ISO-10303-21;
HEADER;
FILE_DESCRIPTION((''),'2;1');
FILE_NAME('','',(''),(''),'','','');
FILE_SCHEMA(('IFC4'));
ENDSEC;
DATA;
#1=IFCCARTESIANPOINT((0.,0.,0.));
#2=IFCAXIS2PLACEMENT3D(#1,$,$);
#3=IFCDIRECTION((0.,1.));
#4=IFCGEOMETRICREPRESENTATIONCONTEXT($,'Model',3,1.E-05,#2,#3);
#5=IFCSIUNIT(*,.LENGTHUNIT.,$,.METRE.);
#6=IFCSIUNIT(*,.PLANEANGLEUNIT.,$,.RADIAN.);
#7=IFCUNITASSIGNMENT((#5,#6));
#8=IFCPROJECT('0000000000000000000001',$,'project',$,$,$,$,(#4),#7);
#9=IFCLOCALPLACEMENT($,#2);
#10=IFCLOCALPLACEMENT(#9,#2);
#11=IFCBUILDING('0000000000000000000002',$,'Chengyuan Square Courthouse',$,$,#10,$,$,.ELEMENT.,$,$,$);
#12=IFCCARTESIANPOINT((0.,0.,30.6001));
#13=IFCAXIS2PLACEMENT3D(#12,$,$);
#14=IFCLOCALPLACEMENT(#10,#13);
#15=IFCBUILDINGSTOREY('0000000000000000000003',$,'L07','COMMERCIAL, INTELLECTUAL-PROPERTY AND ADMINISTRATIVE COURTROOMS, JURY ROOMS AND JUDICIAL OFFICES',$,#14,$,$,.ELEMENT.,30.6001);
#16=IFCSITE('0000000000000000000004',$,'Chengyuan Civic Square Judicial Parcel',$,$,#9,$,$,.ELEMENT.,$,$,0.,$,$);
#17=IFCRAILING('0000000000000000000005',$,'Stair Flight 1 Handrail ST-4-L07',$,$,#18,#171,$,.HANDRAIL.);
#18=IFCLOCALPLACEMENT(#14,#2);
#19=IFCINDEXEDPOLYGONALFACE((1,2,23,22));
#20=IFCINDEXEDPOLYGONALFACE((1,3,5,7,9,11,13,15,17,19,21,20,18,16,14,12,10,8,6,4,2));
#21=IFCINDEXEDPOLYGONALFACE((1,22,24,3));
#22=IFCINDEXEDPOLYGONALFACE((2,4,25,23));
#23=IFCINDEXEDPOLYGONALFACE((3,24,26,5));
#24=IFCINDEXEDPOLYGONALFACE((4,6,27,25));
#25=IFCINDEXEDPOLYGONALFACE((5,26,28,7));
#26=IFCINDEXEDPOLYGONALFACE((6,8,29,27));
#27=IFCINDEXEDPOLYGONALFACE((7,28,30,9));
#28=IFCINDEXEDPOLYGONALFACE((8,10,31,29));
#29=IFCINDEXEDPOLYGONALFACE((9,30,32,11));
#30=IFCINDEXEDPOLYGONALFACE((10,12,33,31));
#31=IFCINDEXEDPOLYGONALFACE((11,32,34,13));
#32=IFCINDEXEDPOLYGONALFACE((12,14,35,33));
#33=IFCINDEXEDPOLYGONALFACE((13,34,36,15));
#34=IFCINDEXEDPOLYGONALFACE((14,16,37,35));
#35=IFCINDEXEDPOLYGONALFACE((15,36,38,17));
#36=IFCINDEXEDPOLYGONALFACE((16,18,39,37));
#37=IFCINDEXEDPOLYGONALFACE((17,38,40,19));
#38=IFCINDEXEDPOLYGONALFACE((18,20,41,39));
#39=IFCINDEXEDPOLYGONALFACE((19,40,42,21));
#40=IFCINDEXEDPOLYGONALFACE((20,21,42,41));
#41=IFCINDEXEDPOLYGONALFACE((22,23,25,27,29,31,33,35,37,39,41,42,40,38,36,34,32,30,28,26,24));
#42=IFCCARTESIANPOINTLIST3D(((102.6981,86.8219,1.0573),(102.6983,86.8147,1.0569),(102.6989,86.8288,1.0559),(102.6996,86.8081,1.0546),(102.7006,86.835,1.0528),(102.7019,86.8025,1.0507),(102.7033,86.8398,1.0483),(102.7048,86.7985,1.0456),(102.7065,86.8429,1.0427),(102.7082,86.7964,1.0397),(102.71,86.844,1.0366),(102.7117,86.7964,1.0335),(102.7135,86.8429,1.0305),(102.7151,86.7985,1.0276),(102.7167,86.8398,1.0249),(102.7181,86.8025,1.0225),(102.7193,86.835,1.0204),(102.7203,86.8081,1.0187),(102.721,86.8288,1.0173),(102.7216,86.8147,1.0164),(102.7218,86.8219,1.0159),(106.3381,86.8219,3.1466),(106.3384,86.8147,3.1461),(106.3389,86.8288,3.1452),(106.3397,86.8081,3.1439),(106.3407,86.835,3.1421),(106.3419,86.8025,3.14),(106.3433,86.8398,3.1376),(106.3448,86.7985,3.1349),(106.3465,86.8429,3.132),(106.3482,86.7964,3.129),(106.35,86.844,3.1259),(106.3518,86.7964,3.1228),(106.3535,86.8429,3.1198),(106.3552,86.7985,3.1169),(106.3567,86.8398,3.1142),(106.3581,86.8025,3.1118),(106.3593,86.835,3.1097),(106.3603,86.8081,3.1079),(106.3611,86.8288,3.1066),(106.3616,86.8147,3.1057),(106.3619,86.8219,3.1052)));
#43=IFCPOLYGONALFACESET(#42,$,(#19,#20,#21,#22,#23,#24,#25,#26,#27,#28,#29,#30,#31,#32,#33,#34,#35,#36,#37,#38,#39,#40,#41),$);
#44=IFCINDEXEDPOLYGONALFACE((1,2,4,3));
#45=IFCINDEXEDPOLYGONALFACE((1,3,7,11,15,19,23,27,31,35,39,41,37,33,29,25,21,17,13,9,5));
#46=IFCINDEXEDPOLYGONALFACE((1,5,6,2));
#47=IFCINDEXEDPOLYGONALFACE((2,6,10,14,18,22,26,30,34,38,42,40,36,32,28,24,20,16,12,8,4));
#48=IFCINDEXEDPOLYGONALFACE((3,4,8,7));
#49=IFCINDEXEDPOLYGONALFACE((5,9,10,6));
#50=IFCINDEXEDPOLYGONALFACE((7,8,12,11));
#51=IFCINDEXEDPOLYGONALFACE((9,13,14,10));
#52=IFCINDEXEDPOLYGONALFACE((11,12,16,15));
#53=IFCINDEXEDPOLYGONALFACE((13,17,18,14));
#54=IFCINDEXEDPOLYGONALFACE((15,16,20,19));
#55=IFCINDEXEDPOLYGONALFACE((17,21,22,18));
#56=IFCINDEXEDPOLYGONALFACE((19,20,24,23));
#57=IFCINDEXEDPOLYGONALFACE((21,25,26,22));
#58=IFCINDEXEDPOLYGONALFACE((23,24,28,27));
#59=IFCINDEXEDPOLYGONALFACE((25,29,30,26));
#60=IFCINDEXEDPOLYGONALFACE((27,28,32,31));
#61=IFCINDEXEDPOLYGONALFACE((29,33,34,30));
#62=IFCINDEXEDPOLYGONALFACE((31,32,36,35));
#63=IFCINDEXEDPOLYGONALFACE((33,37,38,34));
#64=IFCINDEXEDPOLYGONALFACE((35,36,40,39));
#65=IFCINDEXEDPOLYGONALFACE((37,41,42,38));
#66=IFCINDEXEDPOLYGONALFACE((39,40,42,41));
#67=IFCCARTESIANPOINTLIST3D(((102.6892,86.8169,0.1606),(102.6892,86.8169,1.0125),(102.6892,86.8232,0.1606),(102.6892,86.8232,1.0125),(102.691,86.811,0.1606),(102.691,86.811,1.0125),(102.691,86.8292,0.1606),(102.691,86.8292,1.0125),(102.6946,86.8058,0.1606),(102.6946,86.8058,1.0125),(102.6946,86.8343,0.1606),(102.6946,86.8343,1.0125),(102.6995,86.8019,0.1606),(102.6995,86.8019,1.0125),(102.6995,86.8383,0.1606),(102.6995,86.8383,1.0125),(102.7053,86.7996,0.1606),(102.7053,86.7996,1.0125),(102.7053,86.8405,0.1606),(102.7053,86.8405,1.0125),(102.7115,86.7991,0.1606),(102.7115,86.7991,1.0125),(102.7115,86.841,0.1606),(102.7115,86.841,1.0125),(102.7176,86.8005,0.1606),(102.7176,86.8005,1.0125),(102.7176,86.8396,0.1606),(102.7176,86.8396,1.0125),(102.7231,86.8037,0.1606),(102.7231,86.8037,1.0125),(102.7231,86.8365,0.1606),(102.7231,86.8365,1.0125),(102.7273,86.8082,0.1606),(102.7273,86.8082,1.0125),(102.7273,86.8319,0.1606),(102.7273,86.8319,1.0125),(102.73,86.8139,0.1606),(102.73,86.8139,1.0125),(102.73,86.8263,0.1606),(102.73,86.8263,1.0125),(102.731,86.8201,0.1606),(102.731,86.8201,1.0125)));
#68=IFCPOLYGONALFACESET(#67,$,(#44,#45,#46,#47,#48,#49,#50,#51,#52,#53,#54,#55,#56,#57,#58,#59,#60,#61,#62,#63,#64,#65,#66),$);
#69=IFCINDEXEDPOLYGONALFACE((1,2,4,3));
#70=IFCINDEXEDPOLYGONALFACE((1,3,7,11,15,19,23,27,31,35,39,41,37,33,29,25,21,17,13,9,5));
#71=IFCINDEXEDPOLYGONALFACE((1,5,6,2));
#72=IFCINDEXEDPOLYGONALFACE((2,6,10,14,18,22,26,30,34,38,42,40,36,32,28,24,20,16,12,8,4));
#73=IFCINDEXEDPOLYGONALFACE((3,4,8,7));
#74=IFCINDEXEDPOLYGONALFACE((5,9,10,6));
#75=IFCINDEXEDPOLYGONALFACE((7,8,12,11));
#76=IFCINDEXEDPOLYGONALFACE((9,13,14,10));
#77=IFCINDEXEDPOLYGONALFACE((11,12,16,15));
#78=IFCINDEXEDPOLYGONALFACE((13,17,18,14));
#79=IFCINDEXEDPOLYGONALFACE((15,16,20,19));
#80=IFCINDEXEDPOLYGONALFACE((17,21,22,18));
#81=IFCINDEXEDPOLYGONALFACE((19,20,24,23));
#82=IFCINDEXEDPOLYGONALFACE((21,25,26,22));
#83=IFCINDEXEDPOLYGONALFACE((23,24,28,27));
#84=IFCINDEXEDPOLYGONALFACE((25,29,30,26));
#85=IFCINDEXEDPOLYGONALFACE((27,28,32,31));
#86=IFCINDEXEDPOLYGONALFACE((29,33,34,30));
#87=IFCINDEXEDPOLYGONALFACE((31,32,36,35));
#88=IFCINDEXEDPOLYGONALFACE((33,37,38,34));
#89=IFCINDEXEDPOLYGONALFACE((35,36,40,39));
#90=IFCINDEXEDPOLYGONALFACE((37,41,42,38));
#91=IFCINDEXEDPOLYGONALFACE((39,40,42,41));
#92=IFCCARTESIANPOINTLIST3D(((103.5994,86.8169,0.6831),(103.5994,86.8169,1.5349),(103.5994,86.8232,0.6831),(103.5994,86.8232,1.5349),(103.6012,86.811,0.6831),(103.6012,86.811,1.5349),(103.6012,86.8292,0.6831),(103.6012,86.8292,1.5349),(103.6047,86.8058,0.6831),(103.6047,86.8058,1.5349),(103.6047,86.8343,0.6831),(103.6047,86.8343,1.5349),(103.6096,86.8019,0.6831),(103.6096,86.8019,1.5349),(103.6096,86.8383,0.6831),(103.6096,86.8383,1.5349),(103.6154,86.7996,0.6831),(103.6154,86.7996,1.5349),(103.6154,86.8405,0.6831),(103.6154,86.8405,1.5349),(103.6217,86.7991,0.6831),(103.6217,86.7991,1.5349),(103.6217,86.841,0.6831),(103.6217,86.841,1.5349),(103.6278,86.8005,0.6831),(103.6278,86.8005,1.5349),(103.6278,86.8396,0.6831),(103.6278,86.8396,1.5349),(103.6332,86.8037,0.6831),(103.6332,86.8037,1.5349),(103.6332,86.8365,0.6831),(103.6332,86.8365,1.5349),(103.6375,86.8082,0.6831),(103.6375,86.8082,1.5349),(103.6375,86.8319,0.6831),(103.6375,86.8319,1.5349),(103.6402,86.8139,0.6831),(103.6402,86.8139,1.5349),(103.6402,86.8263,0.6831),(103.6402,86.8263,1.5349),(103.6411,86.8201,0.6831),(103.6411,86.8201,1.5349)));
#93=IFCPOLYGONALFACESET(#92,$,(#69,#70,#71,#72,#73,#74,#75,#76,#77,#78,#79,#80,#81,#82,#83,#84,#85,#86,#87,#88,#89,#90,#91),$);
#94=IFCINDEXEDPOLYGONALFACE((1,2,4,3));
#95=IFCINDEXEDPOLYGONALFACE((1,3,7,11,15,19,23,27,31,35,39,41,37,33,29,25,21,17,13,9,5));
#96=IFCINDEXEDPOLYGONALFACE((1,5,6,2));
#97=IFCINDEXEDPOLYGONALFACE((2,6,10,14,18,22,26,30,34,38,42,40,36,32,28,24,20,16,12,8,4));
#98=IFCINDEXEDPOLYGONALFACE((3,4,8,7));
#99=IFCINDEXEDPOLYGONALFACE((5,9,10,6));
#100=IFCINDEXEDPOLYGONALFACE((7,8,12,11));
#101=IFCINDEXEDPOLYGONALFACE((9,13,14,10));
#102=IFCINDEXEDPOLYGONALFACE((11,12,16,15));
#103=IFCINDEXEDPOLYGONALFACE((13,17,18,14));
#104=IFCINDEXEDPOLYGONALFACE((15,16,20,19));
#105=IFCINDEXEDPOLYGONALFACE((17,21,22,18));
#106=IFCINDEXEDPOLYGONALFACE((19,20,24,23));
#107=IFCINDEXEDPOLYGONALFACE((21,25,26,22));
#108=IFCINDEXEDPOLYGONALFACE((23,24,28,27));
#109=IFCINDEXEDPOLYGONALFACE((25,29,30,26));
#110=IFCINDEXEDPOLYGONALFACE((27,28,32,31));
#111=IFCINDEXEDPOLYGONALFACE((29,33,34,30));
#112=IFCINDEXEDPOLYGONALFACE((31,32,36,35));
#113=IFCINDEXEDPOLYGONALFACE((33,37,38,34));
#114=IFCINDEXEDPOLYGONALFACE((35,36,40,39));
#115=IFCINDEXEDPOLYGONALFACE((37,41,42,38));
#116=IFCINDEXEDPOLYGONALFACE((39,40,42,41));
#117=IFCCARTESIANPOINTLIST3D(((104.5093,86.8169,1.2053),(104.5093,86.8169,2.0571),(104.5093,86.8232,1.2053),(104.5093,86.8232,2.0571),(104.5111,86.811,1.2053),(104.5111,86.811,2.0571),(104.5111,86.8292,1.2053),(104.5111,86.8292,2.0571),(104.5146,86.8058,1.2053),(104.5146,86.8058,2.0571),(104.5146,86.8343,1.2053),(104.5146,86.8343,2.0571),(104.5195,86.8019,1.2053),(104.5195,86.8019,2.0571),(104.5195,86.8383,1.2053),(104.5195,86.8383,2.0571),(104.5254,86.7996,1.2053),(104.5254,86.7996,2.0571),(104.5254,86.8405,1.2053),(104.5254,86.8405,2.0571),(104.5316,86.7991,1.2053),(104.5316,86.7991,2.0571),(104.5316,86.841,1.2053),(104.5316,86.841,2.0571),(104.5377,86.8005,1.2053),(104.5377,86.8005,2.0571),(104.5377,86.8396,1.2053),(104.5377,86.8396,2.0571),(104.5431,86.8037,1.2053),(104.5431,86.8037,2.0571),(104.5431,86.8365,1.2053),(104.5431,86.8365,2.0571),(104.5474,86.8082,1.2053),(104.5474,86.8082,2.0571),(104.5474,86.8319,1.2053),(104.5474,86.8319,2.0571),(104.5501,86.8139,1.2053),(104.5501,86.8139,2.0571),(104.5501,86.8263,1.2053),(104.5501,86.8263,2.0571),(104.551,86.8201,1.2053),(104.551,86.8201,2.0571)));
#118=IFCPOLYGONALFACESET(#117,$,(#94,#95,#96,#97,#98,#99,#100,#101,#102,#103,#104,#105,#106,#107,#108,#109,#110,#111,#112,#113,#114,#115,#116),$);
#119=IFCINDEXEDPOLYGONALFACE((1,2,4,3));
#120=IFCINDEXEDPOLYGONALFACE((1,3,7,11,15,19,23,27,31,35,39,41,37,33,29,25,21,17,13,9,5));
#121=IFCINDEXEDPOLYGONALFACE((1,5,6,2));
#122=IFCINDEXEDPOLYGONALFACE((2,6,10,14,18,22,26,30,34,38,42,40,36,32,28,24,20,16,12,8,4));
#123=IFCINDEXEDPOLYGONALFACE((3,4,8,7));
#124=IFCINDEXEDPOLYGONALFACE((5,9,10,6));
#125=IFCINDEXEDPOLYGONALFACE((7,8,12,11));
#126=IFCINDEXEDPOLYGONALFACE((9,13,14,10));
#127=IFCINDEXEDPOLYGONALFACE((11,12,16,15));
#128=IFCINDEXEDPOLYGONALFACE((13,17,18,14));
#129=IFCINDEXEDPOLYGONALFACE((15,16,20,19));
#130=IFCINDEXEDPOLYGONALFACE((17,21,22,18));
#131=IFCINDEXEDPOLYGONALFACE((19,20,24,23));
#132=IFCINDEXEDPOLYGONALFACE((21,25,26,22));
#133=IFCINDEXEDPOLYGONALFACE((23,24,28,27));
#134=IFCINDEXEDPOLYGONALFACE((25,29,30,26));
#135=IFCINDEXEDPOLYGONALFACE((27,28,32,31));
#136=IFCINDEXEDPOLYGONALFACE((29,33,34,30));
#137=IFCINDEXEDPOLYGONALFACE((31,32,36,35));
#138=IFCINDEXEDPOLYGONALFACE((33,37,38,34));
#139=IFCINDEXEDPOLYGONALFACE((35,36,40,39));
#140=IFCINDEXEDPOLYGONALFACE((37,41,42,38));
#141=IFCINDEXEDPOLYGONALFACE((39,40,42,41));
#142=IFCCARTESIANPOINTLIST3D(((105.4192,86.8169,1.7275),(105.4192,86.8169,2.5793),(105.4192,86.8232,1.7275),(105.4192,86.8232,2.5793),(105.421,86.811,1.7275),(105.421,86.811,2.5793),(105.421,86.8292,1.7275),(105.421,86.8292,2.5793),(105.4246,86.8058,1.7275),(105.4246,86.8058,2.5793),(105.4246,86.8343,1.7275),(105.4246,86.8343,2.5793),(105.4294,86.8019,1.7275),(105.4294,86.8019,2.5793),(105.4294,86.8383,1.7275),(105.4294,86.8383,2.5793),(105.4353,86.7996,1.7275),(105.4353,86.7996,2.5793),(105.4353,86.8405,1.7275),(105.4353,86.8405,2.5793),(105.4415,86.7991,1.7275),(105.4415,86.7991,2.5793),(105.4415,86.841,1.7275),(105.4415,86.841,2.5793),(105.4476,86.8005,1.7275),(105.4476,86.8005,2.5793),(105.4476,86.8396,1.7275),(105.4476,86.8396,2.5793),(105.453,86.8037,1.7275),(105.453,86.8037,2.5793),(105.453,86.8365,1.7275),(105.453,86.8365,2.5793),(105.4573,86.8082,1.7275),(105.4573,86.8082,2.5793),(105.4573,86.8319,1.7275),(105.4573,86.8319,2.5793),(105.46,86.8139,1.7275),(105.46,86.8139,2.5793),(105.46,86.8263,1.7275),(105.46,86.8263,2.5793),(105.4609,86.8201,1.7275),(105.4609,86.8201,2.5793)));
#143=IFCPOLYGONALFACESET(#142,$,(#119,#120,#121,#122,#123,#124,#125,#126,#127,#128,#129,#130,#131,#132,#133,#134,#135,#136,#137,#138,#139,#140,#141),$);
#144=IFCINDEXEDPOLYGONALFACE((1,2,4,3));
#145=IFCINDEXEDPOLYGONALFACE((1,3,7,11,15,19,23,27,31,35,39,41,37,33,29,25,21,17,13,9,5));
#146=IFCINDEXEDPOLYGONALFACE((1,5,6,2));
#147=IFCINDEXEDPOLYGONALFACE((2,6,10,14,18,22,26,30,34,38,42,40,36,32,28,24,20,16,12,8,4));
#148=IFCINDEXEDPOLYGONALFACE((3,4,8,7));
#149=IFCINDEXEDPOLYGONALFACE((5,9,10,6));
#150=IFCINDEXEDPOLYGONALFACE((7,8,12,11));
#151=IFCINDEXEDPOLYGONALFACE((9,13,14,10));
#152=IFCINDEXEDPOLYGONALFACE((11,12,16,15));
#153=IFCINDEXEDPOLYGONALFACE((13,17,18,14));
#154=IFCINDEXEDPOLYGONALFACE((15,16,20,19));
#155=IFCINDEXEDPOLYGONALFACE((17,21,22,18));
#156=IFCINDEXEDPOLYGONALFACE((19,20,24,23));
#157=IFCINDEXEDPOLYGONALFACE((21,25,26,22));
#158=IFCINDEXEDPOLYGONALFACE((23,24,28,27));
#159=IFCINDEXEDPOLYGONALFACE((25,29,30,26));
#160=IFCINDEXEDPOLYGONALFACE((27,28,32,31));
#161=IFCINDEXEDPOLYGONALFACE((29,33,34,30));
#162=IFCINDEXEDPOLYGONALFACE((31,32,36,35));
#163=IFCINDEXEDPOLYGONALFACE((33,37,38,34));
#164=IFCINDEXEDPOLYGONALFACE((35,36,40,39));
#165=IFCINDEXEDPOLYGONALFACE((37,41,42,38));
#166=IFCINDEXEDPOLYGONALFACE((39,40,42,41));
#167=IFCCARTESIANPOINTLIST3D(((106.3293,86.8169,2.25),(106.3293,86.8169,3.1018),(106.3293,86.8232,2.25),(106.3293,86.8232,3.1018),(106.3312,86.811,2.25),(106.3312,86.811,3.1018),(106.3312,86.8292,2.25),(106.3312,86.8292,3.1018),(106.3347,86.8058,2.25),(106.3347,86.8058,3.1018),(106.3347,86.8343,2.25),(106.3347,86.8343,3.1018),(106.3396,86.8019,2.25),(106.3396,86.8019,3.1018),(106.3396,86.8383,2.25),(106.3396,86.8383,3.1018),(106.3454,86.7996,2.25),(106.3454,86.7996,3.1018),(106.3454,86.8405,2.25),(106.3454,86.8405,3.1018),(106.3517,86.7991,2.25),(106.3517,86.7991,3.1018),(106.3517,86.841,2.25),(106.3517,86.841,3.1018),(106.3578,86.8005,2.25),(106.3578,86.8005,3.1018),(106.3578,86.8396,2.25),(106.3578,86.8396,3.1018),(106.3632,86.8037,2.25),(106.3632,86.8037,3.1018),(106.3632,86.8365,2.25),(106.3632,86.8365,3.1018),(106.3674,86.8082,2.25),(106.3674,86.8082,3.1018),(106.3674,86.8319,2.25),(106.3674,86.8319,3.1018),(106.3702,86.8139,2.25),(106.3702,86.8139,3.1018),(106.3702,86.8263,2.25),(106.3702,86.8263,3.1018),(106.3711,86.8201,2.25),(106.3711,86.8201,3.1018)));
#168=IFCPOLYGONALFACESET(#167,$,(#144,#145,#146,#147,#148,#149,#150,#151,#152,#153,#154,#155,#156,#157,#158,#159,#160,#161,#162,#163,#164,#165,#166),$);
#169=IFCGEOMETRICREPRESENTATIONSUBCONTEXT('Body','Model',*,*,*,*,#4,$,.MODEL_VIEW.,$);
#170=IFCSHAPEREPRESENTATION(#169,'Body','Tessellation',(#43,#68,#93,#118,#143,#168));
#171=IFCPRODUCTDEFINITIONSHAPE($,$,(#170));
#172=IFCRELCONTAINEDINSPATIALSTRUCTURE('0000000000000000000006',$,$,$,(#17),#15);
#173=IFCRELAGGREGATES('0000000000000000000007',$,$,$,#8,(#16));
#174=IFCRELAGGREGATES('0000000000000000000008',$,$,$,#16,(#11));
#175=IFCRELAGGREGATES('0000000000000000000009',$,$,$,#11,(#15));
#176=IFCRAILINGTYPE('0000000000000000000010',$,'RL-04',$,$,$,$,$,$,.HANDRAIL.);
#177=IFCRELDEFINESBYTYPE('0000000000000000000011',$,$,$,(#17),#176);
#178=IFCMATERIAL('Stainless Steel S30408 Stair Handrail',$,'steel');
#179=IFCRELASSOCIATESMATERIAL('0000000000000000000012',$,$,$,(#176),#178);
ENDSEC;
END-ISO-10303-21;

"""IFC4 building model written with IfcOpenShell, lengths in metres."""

from ifc_helpers import new_model, si_unit, direction, frame, origin, origin_2d, place, context, subcontext, project, spatial, circle, extrude, material, type_object, element, save


model = new_model("IFC4")

# Units and contexts
model_context = context("Model", 3, precision=1e-05, world=origin(), true_north=direction((0.0, 1.0)))
body_context = subcontext(model_context, "Body", "Model", "MODEL_VIEW")
ifc_project = project(units=[si_unit("LENGTHUNIT", "METRE"), si_unit("PLANEANGLEUNIT", "RADIAN")], contexts=[model_context])

# Site, building, storey
site_placement = place(None, origin())
site = spatial("IfcSite", under=ifc_project, at=site_placement, Name="Chengyuan Civic Square Judicial Parcel", CompositionType="ELEMENT", RefElevation=0.0)
building_placement = place(site_placement, origin())
building = spatial("IfcBuilding", under=site, at=building_placement, Name="Chengyuan Square Courthouse", CompositionType="ELEMENT")
storey_placement = place(building_placement, frame((0.0, 0.0, 30.6001)))
storey = spatial("IfcBuildingStorey", under=building, at=storey_placement, Name="L07", Description="COMMERCIAL, INTELLECTUAL-PROPERTY AND ADMINISTRATIVE COURTROOMS, JURY ROOMS AND JUDICIAL OFFICES", CompositionType="ELEMENT", Elevation=30.6001)

# Railing
ifc_material_1 = material(Name="Stainless Steel S30408 Stair Handrail", Category="steel")
railing_type_1 = type_object("IfcRailingType", Name="RL-04", PredefinedType="HANDRAIL", material=ifc_material_1)
railing_1_placement = place(storey_placement, frame((102.71, 86.8201, 0.1606)))
element("IfcRailing", 1, at=railing_1_placement, inside=storey, type_object=railing_type_1, Name="Stair Flight 1 Handrail ST-4-L07", PredefinedType="HANDRAIL", context=body_context, shape_type="SweptSolid", body=[
    extrude(circle(Radius=0.0239, at=origin_2d()), frame((0.0, 0.0, 0.876), z_axis=(0.867289, 0.0, 0.497804), x_axis=(0.0, 1.0, 0.0)), (0.0, 0.0, 1.0), 4.197),
    extrude(circle(Radius=0.021, at=origin_2d()), origin(), (0.0, 0.0, 1.0), 0.8518),
    extrude(circle(Radius=0.021, at=origin_2d()), frame((0.9102, 0.0, 0.5225)), (0.0, 0.0, 1.0), 0.8518),
    extrude(circle(Radius=0.021, at=origin_2d()), frame((1.8201, 0.0, 1.0447)), (0.0, 0.0, 1.0), 0.8518),
    extrude(circle(Radius=0.021, at=origin_2d()), frame((2.73, 0.0, 1.5669)), (0.0, 0.0, 1.0), 0.8518),
    extrude(circle(Radius=0.021, at=origin_2d()), frame((3.6401, 0.0, 2.0894)), (0.0, 0.0, 1.0), 0.8518),
])

save(model, "model.ifc")
